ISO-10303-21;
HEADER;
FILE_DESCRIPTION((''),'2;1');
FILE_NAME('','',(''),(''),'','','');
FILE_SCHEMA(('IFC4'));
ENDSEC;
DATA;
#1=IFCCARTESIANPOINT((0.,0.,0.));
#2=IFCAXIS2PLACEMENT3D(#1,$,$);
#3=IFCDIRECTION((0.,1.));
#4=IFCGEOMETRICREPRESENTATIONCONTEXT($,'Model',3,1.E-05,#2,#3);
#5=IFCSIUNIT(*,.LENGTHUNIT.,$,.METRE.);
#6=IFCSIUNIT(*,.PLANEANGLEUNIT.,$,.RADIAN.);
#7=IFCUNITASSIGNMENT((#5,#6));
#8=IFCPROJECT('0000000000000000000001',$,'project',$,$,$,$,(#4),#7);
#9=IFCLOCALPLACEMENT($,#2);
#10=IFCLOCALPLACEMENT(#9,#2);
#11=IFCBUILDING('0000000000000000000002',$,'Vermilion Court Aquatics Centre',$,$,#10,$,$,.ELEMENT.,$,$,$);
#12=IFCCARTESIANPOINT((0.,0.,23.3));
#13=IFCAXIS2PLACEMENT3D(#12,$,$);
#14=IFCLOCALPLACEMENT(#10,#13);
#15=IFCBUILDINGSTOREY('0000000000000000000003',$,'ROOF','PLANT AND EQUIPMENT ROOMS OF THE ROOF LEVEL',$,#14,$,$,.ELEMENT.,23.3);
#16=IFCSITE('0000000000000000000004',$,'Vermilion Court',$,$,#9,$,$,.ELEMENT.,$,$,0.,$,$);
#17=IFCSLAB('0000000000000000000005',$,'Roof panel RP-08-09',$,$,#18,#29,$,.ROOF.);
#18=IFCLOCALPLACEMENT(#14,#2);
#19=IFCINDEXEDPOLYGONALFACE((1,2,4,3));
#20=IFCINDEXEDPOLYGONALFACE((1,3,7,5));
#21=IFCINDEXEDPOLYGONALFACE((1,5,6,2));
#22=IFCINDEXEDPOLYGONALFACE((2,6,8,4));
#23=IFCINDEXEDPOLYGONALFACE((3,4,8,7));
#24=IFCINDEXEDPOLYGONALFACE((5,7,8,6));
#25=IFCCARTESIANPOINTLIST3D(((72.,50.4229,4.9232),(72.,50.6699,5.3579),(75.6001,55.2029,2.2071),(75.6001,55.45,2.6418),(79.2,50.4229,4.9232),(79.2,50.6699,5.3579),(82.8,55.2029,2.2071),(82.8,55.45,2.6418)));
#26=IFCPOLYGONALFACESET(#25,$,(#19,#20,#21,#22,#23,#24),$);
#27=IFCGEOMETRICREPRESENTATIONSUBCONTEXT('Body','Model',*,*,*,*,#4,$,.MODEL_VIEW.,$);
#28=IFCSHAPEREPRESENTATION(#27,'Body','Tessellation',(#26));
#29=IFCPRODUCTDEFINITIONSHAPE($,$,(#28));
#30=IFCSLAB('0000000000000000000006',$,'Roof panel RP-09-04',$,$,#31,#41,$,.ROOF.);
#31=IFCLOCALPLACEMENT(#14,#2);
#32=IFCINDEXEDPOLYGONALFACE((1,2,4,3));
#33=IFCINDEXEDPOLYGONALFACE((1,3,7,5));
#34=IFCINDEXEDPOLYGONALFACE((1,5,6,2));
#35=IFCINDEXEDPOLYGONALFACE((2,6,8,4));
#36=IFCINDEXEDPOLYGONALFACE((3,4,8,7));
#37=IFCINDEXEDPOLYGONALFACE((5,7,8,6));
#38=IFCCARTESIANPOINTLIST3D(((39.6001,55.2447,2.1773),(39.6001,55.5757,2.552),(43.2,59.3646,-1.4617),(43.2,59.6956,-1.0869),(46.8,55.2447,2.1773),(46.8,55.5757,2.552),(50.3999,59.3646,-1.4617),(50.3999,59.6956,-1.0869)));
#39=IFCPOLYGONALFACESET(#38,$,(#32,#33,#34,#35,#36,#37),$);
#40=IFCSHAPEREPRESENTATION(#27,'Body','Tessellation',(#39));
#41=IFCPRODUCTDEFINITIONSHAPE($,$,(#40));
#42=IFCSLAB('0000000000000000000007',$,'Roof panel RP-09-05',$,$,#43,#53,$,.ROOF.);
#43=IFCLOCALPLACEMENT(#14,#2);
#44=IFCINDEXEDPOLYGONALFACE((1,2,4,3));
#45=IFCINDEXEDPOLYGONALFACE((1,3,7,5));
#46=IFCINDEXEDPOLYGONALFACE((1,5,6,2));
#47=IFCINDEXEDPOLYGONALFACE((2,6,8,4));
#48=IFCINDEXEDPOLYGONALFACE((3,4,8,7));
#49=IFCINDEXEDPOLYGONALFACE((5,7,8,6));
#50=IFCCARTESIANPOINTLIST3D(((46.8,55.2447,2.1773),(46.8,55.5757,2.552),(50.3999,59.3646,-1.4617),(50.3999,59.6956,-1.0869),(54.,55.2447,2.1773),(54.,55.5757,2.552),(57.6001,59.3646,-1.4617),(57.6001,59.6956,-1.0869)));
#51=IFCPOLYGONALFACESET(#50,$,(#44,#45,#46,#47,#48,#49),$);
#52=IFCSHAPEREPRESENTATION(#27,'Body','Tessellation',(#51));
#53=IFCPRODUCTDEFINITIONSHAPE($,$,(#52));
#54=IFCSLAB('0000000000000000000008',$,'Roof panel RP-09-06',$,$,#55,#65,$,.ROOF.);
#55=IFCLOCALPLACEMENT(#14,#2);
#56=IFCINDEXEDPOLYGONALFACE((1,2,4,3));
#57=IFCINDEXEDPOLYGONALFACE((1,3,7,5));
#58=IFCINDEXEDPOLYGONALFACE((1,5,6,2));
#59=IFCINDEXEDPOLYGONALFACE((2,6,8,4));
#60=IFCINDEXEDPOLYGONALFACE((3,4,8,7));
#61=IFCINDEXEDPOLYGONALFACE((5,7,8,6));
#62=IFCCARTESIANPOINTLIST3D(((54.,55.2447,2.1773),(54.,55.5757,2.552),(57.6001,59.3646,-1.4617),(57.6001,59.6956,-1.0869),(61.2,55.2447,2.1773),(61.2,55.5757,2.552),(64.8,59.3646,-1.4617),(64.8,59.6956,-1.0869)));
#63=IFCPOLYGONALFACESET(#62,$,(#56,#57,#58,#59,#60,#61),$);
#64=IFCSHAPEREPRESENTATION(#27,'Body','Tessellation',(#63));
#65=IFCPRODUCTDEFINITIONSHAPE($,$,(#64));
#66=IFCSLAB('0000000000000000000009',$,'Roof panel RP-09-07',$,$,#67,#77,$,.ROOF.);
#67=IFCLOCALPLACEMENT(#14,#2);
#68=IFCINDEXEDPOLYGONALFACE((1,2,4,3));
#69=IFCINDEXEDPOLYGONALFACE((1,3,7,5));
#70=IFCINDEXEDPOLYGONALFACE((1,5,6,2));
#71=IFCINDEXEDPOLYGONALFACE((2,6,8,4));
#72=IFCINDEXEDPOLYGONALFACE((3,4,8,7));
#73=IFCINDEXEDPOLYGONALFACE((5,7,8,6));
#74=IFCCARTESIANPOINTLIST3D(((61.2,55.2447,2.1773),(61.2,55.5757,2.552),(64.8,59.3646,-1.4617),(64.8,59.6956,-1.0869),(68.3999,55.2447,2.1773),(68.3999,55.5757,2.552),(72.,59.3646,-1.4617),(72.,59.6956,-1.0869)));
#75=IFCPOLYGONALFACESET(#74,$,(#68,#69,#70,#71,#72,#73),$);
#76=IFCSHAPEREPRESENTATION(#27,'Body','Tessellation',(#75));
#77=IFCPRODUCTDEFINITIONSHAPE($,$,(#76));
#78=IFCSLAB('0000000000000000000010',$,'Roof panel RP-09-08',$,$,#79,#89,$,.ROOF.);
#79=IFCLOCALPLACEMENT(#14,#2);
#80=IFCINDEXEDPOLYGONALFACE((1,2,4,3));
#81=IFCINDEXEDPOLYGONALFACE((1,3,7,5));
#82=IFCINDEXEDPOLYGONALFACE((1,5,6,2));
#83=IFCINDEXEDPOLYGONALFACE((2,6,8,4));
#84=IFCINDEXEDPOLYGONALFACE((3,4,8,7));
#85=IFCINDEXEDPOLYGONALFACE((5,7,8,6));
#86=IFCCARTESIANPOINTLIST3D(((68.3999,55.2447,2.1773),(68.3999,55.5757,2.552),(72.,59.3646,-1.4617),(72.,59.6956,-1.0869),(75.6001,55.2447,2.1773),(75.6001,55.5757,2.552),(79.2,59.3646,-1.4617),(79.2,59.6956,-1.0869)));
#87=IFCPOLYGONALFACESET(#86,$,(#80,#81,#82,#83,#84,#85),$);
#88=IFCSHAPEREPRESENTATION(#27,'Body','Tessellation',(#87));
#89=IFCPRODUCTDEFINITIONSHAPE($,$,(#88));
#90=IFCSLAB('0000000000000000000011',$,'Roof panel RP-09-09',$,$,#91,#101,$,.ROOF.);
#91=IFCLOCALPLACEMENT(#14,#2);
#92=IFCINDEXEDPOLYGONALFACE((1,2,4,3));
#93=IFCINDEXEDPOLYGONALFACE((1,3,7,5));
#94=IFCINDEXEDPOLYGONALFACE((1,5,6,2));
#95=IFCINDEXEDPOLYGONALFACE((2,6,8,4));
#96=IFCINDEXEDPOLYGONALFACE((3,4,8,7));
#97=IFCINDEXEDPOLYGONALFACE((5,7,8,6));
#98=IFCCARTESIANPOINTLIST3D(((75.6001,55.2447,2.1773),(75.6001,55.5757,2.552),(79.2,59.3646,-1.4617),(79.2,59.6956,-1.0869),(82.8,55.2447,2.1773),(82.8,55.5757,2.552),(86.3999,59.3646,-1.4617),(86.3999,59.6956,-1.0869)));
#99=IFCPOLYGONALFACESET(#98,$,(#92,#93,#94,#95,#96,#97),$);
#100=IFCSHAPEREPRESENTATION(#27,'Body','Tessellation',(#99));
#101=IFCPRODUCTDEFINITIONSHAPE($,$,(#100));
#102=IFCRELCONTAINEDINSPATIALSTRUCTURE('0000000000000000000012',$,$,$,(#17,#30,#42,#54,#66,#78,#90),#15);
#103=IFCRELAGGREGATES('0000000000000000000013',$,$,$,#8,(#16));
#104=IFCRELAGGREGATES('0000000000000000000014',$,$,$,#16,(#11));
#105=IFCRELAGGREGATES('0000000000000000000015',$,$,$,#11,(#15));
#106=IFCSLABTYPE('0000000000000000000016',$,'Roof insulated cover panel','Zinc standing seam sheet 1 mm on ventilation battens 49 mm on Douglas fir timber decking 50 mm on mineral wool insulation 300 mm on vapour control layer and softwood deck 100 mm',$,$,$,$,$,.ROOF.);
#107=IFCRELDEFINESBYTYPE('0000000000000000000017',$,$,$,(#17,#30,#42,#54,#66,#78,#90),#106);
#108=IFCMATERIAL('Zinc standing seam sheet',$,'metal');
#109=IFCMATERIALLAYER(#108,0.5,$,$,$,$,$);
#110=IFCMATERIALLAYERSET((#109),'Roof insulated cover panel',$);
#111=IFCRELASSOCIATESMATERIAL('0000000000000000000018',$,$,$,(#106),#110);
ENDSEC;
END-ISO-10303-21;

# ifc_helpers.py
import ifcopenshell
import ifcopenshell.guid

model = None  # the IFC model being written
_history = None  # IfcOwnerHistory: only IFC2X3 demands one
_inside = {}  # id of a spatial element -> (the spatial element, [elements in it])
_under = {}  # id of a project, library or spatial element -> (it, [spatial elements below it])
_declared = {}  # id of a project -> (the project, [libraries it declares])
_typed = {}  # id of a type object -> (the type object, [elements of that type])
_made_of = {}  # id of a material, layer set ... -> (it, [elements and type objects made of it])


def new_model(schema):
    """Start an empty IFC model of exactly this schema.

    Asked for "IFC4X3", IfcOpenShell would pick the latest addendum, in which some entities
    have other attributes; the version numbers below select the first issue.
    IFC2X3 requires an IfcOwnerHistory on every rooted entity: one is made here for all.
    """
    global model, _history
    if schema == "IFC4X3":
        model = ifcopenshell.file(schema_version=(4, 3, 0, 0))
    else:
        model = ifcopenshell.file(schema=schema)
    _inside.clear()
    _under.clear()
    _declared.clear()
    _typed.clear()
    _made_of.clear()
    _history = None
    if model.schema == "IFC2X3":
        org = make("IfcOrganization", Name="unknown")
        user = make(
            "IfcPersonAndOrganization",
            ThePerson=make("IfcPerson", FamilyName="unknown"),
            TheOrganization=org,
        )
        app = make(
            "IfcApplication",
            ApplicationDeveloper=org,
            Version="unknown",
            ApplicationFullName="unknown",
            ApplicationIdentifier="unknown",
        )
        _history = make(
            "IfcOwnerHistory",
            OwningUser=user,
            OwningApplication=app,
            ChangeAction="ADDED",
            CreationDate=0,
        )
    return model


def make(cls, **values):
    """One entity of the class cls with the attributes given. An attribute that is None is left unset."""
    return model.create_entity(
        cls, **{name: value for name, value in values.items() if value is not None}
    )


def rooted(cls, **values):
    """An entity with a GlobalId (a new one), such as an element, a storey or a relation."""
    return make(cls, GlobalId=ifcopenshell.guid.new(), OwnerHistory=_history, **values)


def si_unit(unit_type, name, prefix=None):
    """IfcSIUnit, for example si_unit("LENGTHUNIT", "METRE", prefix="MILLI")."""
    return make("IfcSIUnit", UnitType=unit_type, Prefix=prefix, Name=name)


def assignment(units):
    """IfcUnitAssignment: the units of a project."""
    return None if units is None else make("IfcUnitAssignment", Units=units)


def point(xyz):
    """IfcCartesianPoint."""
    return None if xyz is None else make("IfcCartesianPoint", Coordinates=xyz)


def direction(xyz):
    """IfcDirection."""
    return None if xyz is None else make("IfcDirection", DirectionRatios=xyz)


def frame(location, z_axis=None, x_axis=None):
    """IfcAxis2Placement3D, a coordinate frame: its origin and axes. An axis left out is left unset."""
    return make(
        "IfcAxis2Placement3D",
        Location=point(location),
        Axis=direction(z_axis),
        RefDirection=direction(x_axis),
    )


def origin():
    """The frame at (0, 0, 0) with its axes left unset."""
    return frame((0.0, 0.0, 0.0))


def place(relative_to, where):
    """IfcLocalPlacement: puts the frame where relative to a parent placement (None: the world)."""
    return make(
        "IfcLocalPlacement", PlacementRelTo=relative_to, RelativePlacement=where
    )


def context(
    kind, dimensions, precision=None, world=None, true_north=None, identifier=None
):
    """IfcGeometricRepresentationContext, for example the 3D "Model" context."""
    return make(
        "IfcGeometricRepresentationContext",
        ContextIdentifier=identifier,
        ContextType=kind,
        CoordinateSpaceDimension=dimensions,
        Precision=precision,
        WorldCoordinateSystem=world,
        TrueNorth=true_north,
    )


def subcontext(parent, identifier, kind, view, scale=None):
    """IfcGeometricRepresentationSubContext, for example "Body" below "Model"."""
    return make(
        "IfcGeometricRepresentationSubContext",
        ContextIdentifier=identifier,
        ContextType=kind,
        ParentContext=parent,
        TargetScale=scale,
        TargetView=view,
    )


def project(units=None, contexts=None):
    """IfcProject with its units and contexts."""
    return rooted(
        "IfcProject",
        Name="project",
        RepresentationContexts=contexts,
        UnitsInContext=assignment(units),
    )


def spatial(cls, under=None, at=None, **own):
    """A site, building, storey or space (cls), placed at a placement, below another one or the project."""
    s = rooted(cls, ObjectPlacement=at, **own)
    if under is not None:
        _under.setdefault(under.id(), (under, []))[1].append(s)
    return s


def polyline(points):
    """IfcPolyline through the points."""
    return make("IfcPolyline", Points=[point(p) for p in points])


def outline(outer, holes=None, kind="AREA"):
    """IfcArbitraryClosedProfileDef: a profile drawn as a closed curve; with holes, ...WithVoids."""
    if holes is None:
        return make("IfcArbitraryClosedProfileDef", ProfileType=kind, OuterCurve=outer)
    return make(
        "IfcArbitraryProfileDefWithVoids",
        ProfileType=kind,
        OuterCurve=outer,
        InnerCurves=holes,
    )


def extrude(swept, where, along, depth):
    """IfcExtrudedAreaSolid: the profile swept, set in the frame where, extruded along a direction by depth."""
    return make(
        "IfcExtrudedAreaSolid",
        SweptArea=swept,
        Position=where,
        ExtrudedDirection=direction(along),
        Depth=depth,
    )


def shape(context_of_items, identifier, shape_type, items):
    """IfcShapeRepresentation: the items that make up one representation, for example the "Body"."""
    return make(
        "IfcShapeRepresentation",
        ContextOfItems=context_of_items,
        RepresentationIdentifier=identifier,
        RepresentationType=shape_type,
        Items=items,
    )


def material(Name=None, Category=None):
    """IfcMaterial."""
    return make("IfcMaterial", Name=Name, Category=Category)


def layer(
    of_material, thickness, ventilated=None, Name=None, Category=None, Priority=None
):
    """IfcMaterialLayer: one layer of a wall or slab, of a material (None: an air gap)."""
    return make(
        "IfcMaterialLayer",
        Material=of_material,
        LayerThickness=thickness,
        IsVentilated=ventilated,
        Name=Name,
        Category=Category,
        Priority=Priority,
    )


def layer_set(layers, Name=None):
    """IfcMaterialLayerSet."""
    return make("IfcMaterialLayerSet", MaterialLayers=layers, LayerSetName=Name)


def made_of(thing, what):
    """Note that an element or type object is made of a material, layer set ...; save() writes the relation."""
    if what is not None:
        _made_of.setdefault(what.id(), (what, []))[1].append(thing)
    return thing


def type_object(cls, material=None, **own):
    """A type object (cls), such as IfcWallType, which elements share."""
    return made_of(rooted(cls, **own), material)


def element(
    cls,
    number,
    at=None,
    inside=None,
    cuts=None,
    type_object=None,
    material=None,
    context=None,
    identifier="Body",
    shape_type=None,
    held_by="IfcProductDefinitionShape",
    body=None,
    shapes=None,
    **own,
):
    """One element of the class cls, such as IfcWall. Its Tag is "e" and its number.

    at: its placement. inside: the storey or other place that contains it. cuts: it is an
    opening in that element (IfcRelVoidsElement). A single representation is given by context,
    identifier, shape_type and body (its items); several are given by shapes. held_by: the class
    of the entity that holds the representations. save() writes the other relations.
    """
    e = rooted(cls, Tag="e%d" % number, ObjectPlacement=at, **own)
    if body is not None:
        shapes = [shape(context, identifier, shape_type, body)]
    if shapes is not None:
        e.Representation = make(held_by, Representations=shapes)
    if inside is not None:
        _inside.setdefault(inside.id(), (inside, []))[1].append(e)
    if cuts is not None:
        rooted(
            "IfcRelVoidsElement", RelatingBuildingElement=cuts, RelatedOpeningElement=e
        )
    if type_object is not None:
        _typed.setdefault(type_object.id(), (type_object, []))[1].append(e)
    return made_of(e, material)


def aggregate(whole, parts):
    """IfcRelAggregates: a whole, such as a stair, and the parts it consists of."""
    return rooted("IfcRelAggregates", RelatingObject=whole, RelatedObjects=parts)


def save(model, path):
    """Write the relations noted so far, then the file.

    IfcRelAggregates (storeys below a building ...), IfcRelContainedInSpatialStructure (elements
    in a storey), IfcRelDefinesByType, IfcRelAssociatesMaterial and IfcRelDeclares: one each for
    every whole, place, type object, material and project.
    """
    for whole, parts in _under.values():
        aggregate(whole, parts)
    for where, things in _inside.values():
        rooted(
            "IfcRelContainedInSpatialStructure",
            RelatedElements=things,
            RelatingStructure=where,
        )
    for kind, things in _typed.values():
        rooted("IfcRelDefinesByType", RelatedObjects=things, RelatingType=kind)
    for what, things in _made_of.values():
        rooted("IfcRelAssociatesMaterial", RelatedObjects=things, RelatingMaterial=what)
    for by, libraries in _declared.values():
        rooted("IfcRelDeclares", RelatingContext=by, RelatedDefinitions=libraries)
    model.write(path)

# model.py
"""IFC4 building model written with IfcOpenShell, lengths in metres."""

from ifc_helpers import new_model, si_unit, direction, frame, origin, place, context, subcontext, project, spatial, polyline, outline, extrude, material, layer, layer_set, type_object, element, save


model = new_model("IFC4")

# Units and contexts
model_context = context("Model", 3, precision=1e-05, world=origin(), true_north=direction((0.0, 1.0)))
body_context = subcontext(model_context, "Body", "Model", "MODEL_VIEW")
ifc_project = project(units=[si_unit("LENGTHUNIT", "METRE"), si_unit("PLANEANGLEUNIT", "RADIAN")], contexts=[model_context])

# Site, building, storey
site_placement = place(None, origin())
site = spatial("IfcSite", under=ifc_project, at=site_placement, Name="Vermilion Court", CompositionType="ELEMENT", RefElevation=0.0)
building_placement = place(site_placement, origin())
building = spatial("IfcBuilding", under=site, at=building_placement, Name="Vermilion Court Aquatics Centre", CompositionType="ELEMENT")
storey_placement = place(building_placement, frame((0.0, 0.0, 23.3)))
storey = spatial("IfcBuildingStorey", under=building, at=storey_placement, Name="ROOF", Description="PLANT AND EQUIPMENT ROOMS OF THE ROOF LEVEL", CompositionType="ELEMENT", Elevation=23.3)

# Slabs
ifc_material_1 = material(Name="Zinc standing seam sheet", Category="metal")
ifc_layer_1 = layer(ifc_material_1, 0.5)
ifc_layer_set_1 = layer_set([ifc_layer_1], Name="Roof insulated cover panel")
slab_type_1 = type_object("IfcSlabType", Name="Roof insulated cover panel", Description="Zinc standing seam sheet 1 mm on ventilation battens 49 mm on Douglas fir timber decking 50 mm on mineral wool insulation 300 mm on vapour control layer and softwood deck 100 mm", PredefinedType="ROOF", material=ifc_layer_set_1)
slab_1_placement = place(storey_placement, frame((72.0, 50.6699, 5.3579), z_axis=(0.0, 0.494028, 0.869446), x_axis=(1.0, 0.0, 0.0)))
element("IfcSlab", 1, at=slab_1_placement, inside=storey, type_object=slab_type_1, Name="Roof panel RP-08-09", PredefinedType="ROOF", context=body_context, shape_type="SweptSolid", body=[
    extrude(outline(polyline([(0.0, 0.0), (7.2, 0.0), (10.8, 5.4978), (3.6001, 5.4978), (0.0, 0.0)])), origin(), (0.0, 0.0, -1.0), 0.5),
])
slab_2_placement = place(storey_placement, frame((39.6001, 55.5757, 2.552), z_axis=(0.0, 0.662003, 0.749501), x_axis=(1.0, 0.0, 0.0)))
element("IfcSlab", 2, at=slab_2_placement, inside=storey, type_object=slab_type_1, Name="Roof panel RP-09-04", PredefinedType="ROOF", context=body_context, shape_type="SweptSolid", body=[
    extrude(outline(polyline([(0.0, 0.0), (7.2, 0.0), (10.7998, 5.4968), (3.5999, 5.4968), (0.0, 0.0)])), origin(), (0.0, 0.0, -1.0), 0.5),
])
slab_3_placement = place(storey_placement, frame((46.8, 55.5757, 2.552), z_axis=(0.0, 0.662003, 0.749501), x_axis=(1.0, 0.0, 0.0)))
element("IfcSlab", 3, at=slab_3_placement, inside=storey, type_object=slab_type_1, Name="Roof panel RP-09-05", PredefinedType="ROOF", context=body_context, shape_type="SweptSolid", body=[
    extrude(outline(polyline([(0.0, 0.0), (7.2, 0.0), (10.8, 5.4968), (3.5999, 5.4968), (0.0, 0.0)])), origin(), (0.0, 0.0, -1.0), 0.5),
])
for number, where, z_axis, x_axis, name in (
    (4, (54.0, 55.5757, 2.552), (0.0, 0.662003, 0.749501), (1.0, 0.0, 0.0), "Roof panel RP-09-06"),
    (5, (61.2, 55.5757, 2.552), (0.0, 0.662003, 0.749501), (1.0, 0.0, 0.0), "Roof panel RP-09-07"),
):
    element("IfcSlab", number, at=place(storey_placement, frame(where, z_axis=z_axis, x_axis=x_axis)), inside=storey, type_object=slab_type_1, Name=name, PredefinedType="ROOF", context=body_context, shape_type="SweptSolid", body=[
        extrude(outline(polyline([(0.0, 0.0), (7.2, 0.0), (10.8, 5.4968), (3.6001, 5.4968), (0.0, 0.0)])), origin(), (0.0, 0.0, -1.0), 0.5),
    ])
slab_4_placement = place(storey_placement, frame((68.3999, 55.5757, 2.552), z_axis=(0.0, 0.662003, 0.749501), x_axis=(1.0, 0.0, 0.0)))
element("IfcSlab", 6, at=slab_4_placement, inside=storey, type_object=slab_type_1, Name="Roof panel RP-09-08", PredefinedType="ROOF", context=body_context, shape_type="SweptSolid", body=[
    extrude(outline(polyline([(0.0, 0.0), (7.2002, 0.0), (10.8, 5.4968), (3.6001, 5.4968), (0.0, 0.0)])), origin(), (0.0, 0.0, -1.0), 0.5),
])
slab_5_placement = place(storey_placement, frame((75.6001, 55.5757, 2.552), z_axis=(0.0, 0.662003, 0.749501), x_axis=(1.0, 0.0, 0.0)))
element("IfcSlab", 7, at=slab_5_placement, inside=storey, type_object=slab_type_1, Name="Roof panel RP-09-09", PredefinedType="ROOF", context=body_context, shape_type="SweptSolid", body=[
    extrude(outline(polyline([(0.0, 0.0), (7.2, 0.0), (10.7998, 5.4968), (3.5999, 5.4968), (0.0, 0.0)])), origin(), (0.0, 0.0, -1.0), 0.5),
])

save(model, "model.ifc")
